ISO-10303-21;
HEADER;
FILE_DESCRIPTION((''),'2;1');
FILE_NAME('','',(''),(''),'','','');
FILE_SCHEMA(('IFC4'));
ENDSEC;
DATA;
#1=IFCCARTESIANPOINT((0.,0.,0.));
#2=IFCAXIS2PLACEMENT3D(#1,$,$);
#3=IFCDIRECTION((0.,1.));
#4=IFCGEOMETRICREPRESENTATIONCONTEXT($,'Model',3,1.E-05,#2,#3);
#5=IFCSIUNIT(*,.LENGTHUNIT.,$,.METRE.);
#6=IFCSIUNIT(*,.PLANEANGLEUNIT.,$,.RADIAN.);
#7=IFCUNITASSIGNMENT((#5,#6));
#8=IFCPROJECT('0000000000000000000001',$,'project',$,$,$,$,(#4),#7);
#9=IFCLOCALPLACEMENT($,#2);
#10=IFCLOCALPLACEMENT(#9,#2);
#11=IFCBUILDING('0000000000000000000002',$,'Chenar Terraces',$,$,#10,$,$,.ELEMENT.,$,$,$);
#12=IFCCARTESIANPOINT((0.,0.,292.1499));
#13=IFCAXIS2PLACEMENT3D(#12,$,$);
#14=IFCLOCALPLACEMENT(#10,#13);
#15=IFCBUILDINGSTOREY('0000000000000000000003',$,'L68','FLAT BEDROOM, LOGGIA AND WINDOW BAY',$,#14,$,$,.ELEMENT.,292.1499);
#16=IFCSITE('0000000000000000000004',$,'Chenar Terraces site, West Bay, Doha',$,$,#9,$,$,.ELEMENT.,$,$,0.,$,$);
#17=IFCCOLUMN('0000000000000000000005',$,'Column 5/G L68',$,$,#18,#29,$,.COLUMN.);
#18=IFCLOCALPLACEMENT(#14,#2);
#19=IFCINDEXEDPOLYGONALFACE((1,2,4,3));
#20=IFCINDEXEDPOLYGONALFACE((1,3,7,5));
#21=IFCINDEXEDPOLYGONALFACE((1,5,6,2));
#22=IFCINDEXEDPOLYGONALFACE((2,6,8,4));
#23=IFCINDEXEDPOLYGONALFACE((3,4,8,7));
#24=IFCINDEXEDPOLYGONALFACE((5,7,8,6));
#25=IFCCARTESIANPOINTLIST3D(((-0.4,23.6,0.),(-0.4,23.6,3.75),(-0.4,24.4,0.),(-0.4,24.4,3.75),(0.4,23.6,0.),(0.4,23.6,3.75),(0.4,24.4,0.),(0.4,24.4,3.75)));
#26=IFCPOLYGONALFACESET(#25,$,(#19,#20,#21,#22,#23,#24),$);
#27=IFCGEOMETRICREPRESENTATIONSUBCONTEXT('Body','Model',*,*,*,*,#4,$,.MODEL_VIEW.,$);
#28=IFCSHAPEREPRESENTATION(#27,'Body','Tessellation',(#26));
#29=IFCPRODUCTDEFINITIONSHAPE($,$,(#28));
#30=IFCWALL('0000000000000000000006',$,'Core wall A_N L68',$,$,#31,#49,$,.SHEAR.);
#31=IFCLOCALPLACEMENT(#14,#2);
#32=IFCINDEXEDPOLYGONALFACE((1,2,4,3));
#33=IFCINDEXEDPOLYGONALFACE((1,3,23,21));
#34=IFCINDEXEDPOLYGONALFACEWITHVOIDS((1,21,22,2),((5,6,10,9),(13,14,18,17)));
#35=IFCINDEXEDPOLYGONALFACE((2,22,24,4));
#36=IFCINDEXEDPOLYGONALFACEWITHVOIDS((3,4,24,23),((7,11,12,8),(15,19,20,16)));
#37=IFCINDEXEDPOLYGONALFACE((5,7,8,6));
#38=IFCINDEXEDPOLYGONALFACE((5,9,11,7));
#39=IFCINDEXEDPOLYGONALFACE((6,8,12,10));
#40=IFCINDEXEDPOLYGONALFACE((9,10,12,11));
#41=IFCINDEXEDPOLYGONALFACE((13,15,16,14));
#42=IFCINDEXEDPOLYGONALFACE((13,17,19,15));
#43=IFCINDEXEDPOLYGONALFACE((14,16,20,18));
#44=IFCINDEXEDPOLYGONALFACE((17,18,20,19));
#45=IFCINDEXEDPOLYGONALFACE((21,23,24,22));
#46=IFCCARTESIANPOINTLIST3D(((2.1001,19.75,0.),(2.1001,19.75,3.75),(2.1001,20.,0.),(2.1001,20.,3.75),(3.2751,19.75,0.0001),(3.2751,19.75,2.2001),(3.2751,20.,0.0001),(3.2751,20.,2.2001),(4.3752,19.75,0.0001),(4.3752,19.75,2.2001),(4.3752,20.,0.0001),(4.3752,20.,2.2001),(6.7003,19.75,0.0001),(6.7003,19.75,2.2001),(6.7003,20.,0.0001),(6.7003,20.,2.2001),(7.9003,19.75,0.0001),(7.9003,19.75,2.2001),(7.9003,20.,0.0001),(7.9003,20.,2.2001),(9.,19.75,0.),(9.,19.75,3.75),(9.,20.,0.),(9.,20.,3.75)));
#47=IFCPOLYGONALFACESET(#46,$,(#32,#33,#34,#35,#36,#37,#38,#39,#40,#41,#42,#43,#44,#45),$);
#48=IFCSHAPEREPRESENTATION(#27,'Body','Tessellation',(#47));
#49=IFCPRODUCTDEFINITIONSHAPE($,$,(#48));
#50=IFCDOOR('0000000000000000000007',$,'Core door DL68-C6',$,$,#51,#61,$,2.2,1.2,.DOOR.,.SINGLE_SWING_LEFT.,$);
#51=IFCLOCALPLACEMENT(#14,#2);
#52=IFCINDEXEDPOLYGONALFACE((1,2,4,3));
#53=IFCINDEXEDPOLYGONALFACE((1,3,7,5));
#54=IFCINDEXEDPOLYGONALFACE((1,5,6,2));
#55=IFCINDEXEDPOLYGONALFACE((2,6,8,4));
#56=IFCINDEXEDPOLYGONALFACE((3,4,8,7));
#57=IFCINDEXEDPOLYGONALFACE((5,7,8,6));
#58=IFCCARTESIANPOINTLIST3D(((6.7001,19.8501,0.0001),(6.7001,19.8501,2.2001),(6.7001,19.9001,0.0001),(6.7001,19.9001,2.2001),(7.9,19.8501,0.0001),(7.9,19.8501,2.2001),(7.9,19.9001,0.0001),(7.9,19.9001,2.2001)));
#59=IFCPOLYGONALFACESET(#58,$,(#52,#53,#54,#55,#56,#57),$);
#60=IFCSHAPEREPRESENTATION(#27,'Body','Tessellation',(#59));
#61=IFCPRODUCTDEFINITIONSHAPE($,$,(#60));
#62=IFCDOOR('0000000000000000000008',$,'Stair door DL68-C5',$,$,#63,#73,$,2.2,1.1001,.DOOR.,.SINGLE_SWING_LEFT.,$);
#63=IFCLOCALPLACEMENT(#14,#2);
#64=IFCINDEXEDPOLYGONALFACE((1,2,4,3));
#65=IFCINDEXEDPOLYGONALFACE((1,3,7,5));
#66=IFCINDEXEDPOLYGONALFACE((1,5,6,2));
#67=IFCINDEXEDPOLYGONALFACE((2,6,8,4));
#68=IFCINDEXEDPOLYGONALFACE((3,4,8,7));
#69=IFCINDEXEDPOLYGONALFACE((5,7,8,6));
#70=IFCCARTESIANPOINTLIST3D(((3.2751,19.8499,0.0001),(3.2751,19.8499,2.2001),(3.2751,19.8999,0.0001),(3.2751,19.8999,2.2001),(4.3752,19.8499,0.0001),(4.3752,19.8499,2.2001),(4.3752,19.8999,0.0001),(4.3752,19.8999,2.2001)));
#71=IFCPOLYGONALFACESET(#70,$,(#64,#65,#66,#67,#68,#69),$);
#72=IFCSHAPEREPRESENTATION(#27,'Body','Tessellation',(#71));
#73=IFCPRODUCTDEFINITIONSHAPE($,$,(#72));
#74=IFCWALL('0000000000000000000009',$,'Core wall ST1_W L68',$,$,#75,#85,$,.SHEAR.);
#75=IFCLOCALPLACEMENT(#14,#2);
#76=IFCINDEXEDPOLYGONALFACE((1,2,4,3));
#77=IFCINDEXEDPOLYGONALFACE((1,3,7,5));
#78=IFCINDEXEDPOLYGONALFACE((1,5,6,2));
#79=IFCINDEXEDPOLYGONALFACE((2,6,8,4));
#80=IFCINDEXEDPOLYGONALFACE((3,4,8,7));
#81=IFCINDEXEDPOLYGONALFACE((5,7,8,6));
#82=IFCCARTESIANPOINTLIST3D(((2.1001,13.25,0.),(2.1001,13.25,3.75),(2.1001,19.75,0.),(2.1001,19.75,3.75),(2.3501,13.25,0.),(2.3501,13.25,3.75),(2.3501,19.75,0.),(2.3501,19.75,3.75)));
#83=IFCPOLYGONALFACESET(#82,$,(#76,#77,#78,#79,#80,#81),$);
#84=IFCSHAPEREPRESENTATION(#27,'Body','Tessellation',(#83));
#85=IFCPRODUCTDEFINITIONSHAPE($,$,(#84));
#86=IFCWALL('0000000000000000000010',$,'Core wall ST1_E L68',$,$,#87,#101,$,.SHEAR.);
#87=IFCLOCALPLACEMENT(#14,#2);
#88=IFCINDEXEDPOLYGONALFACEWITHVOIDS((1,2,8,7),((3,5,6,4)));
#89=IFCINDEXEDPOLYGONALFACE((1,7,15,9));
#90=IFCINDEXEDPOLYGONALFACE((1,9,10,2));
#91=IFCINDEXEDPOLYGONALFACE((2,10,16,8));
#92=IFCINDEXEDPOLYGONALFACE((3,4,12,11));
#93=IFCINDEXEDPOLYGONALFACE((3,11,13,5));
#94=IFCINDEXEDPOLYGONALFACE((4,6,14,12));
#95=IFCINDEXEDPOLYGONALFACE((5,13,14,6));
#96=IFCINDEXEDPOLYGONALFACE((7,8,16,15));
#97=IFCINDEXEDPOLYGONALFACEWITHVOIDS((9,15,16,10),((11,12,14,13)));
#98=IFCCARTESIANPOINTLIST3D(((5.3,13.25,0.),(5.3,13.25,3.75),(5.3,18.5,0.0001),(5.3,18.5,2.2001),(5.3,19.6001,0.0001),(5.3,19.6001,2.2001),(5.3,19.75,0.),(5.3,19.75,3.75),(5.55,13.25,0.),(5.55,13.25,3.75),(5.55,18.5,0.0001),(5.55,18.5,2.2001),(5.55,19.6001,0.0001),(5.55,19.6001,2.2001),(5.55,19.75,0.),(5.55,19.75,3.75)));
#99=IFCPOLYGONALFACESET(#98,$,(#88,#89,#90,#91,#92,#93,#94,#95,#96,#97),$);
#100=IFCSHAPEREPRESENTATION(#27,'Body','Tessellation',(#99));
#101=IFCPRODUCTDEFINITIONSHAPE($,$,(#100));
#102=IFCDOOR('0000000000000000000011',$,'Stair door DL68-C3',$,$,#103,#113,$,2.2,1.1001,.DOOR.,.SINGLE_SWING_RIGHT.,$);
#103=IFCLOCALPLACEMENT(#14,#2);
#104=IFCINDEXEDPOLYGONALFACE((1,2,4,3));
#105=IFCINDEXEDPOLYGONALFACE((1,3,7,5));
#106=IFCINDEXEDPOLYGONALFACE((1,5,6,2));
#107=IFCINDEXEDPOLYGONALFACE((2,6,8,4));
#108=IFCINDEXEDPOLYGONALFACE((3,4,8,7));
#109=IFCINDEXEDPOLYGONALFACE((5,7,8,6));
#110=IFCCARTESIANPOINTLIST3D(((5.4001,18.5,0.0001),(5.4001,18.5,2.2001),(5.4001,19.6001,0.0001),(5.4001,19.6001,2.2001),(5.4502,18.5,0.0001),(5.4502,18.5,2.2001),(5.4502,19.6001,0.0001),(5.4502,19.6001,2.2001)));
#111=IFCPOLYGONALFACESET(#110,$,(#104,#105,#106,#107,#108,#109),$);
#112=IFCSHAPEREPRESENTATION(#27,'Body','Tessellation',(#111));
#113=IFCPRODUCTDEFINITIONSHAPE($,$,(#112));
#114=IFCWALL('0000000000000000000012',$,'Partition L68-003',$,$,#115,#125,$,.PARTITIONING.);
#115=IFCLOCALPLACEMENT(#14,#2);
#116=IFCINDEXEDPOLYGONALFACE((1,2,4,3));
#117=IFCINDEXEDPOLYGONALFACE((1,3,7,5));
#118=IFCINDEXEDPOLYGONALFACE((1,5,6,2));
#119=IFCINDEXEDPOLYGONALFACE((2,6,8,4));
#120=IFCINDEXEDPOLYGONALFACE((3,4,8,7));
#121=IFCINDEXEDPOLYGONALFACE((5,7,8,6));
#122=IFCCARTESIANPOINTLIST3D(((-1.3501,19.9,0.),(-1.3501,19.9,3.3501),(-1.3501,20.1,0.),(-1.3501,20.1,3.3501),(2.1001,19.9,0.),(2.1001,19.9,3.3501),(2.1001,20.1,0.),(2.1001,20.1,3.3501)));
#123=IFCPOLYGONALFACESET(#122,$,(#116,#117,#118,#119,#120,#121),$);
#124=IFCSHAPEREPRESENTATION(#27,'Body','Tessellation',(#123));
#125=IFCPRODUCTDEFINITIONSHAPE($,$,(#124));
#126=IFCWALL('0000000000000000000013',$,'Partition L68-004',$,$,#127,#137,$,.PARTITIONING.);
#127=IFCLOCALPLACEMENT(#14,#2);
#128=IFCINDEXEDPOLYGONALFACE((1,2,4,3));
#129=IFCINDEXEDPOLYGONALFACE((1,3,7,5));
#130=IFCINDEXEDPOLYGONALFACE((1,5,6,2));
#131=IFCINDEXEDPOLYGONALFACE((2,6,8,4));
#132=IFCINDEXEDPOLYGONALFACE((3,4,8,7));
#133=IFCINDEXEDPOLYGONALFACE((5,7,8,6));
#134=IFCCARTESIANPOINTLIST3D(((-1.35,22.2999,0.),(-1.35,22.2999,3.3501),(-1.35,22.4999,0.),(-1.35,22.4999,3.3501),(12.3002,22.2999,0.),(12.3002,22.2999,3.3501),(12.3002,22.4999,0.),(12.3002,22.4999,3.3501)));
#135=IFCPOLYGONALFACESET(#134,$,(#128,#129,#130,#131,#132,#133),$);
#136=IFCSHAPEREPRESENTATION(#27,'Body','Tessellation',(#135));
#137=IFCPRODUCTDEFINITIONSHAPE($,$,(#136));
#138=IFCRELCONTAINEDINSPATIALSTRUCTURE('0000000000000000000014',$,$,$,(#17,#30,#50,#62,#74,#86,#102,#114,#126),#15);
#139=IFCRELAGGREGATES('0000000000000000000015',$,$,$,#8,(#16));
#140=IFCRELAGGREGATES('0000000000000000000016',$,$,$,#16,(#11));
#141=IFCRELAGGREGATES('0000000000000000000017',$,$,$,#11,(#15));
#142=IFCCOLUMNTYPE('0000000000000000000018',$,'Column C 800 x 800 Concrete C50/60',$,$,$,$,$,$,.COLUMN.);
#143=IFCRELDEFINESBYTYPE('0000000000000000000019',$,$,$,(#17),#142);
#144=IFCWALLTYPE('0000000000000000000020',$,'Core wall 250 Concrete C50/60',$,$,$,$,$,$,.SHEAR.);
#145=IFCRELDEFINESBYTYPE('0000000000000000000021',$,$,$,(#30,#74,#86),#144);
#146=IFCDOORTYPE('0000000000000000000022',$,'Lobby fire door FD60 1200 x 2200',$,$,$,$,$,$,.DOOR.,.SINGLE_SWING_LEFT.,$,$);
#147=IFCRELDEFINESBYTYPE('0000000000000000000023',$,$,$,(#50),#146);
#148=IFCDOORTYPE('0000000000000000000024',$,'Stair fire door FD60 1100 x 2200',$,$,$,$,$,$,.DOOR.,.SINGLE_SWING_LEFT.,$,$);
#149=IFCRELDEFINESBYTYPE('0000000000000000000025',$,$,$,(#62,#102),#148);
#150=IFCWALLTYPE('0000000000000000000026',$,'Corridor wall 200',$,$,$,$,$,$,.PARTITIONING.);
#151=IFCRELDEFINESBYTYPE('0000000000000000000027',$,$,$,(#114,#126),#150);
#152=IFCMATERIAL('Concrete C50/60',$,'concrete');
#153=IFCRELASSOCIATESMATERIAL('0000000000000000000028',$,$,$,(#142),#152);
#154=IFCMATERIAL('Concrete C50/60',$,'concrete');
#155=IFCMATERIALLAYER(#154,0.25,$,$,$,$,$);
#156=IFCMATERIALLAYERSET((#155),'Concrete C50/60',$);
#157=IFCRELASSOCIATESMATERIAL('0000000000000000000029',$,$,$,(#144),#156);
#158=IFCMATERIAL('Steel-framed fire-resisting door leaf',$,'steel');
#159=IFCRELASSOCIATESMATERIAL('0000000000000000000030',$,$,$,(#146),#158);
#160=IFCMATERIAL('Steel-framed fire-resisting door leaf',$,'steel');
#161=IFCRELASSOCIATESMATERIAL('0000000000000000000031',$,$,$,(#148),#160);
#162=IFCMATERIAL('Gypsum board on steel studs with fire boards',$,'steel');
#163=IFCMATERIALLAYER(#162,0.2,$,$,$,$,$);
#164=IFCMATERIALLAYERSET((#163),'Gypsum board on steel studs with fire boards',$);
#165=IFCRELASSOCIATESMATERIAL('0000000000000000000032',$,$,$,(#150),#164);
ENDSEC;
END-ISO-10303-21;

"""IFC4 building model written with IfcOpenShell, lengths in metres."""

from ifc_helpers import new_model, si_unit, direction, frame, frame_2d, origin, origin_2d, place, context, subcontext, project, spatial, rectangle, extrude, material, layer, layer_set, material_profile, profile_set, type_object, element, fill, save


model = new_model("IFC4")

# Units and contexts
model_context = context("Model", 3, precision=1e-05, world=origin(), true_north=direction((0.0, 1.0)))
body_context = subcontext(model_context, "Body", "Model", "MODEL_VIEW")
ifc_project = project(units=[si_unit("LENGTHUNIT", "METRE"), si_unit("PLANEANGLEUNIT", "RADIAN")], contexts=[model_context])

# Site, building, storey
site_placement = place(None, origin())
site = spatial("IfcSite", under=ifc_project, at=site_placement, Name="Chenar Terraces site, West Bay, Doha", CompositionType="ELEMENT", RefElevation=0.0)
building_placement = place(site_placement, origin())
building = spatial("IfcBuilding", under=site, at=building_placement, Name="Chenar Terraces", CompositionType="ELEMENT")
storey_placement = place(building_placement, frame((0.0, 0.0, 292.1499)))
storey = spatial("IfcBuildingStorey", under=building, at=storey_placement, Name="L68", Description="FLAT BEDROOM, LOGGIA AND WINDOW BAY", CompositionType="ELEMENT", Elevation=292.1499)

# Column
ifc_material_1 = material(Name="Concrete C50/60", Category="concrete")
ifc_material_profile = material_profile(ifc_material_1, rectangle(XDim=0.8, YDim=0.8, at=origin_2d()), Name="C 800 x 800")
ifc_profile_set = profile_set([ifc_material_profile], Name="Concrete C50/60")
column_type = type_object("IfcColumnType", Name="Column C 800 x 800 Concrete C50/60", PredefinedType="COLUMN", material=ifc_profile_set)
column_placement = place(storey_placement, frame((0.0, 24.0, 0.0), z_axis=(0.0, 0.0, 1.0), x_axis=(1.0, 0.0, 0.0)))
element("IfcColumn", 1, at=column_placement, inside=storey, type_object=column_type, Name="Column 5/G L68", PredefinedType="COLUMN", context=body_context, shape_type="SweptSolid", body=[
    extrude(rectangle(XDim=0.8, YDim=0.8, at=origin_2d()), origin(), (0.0, 0.0, 1.0), 3.75),
])

# Wall, openings, doors
ifc_material_2 = material(Name="Concrete C50/60", Category="concrete")
ifc_layer_1 = layer(ifc_material_2, 0.25)
ifc_layer_set_1 = layer_set([ifc_layer_1], Name="Concrete C50/60")
wall_type_1 = type_object("IfcWallType", Name="Core wall 250 Concrete C50/60", PredefinedType="SHEAR", material=ifc_layer_set_1)
wall_1_placement = place(storey_placement, frame((2.1001, 19.875, 0.0), z_axis=(0.0, 0.0, 1.0), x_axis=(1.0, 0.0, 0.0)))
wall_1 = element("IfcWall", 2, at=wall_1_placement, inside=storey, type_object=wall_type_1, Name="Core wall A_N L68", PredefinedType="SHEAR", context=body_context, shape_type="SweptSolid", body=[
    extrude(rectangle(XDim=6.8999, YDim=0.25, at=frame_2d((3.45, 0.0))), origin(), (0.0, 0.0, 1.0), 3.75),
])
opening_1_placement = place(wall_1_placement, frame((1.175, 0.0, 0.0)))
opening_1 = element("IfcOpeningElement", 3, at=opening_1_placement, cuts=wall_1, PredefinedType="OPENING", context=body_context, shape_type="SweptSolid", body=[
    extrude(rectangle(XDim=1.1001, YDim=2.2, at=frame_2d((0.55, 1.1001))), frame((0.0, 0.135, 0.0), z_axis=(0.0, -1.0, 0.0), x_axis=(1.0, 0.0, 0.0)), (0.0, 0.0, 1.0), 0.27),
])
opening_2_placement = place(wall_1_placement, frame((4.6001, 0.0, 0.0)))
opening_2 = element("IfcOpeningElement", 4, at=opening_2_placement, cuts=wall_1, PredefinedType="OPENING", context=body_context, shape_type="SweptSolid", body=[
    extrude(rectangle(XDim=1.2, YDim=2.2, at=frame_2d((0.6001, 1.1001))), frame((0.0, 0.135, 0.0), z_axis=(0.0, -1.0, 0.0), x_axis=(1.0, 0.0, 0.0)), (0.0, 0.0, 1.0), 0.27),
])
ifc_material_3 = material(Name="Steel-framed fire-resisting door leaf", Category="steel")
door_type_1 = type_object("IfcDoorType", Name="Lobby fire door FD60 1200 x 2200", OperationType="SINGLE_SWING_LEFT", PredefinedType="DOOR", material=ifc_material_3)
door_1_placement = place(opening_2_placement, frame((1.2, 0.0, 0.0), z_axis=(0.0, 0.0, 1.0), x_axis=(-1.0, 0.0, 0.0)))
door_1 = element("IfcDoor", 5, at=door_1_placement, inside=storey, type_object=door_type_1, Name="Core door DL68-C6", OperationType="SINGLE_SWING_LEFT", OverallHeight=2.2, OverallWidth=1.2, PredefinedType="DOOR", context=body_context, shape_type="SweptSolid", body=[
    extrude(rectangle(XDim=1.2, YDim=2.2, at=frame_2d((0.6001, 1.1001))), frame((0.0, 0.0249, 0.0), z_axis=(0.0, -1.0, 0.0), x_axis=(1.0, 0.0, 0.0)), (0.0, 0.0, 1.0), 0.05),
])
fill(opening_2, door_1)
ifc_material_4 = material(Name="Steel-framed fire-resisting door leaf", Category="steel")
door_type_2 = type_object("IfcDoorType", Name="Stair fire door FD60 1100 x 2200", OperationType="SINGLE_SWING_LEFT", PredefinedType="DOOR", material=ifc_material_4)
door_2_placement = place(opening_1_placement, origin())
door_2 = element("IfcDoor", 6, at=door_2_placement, inside=storey, type_object=door_type_2, Name="Stair door DL68-C5", OperationType="SINGLE_SWING_LEFT", OverallHeight=2.2, OverallWidth=1.1001, PredefinedType="DOOR", context=body_context, shape_type="SweptSolid", body=[
    extrude(rectangle(XDim=1.1001, YDim=2.2, at=frame_2d((0.55, 1.1001))), frame((0.0, 0.0249, 0.0), z_axis=(0.0, -1.0, 0.0), x_axis=(1.0, 0.0, 0.0)), (0.0, 0.0, 1.0), 0.05),
])
fill(opening_1, door_2)

# Wall
wall_2_placement = place(storey_placement, frame((2.2251, 13.25, 0.0), z_axis=(0.0, 0.0, 1.0), x_axis=(0.0, 1.0, 0.0)))
element("IfcWall", 7, at=wall_2_placement, inside=storey, type_object=wall_type_1, Name="Core wall ST1_W L68", PredefinedType="SHEAR", context=body_context, shape_type="SweptSolid", body=[
    extrude(rectangle(XDim=6.5, YDim=0.25, at=frame_2d((3.25, 0.0))), origin(), (0.0, 0.0, 1.0), 3.75),
])

# Wall, opening, door
wall_3_placement = place(storey_placement, frame((5.425, 13.25, 0.0), z_axis=(0.0, 0.0, 1.0), x_axis=(0.0, 1.0, 0.0)))
wall_3 = element("IfcWall", 8, at=wall_3_placement, inside=storey, type_object=wall_type_1, Name="Core wall ST1_E L68", PredefinedType="SHEAR", context=body_context, shape_type="SweptSolid", body=[
    extrude(rectangle(XDim=6.5, YDim=0.25, at=frame_2d((3.25, 0.0))), origin(), (0.0, 0.0, 1.0), 3.75),
])
opening_3_placement = place(wall_3_placement, frame((5.25, 0.0, 0.0)))
opening_3 = element("IfcOpeningElement", 9, at=opening_3_placement, cuts=wall_3, PredefinedType="OPENING", context=body_context, shape_type="SweptSolid", body=[
    extrude(rectangle(XDim=1.1001, YDim=2.2, at=frame_2d((0.55, 1.1001))), frame((0.0, 0.135, 0.0), z_axis=(0.0, -1.0, 0.0), x_axis=(1.0, 0.0, 0.0)), (0.0, 0.0, 1.0), 0.27),
])
door_3_placement = place(opening_3_placement, origin())
door_3 = element("IfcDoor", 10, at=door_3_placement, inside=storey, type_object=door_type_2, Name="Stair door DL68-C3", OperationType="SINGLE_SWING_RIGHT", OverallHeight=2.2, OverallWidth=1.1001, PredefinedType="DOOR", context=body_context, shape_type="SweptSolid", body=[
    extrude(rectangle(XDim=1.1001, YDim=2.2, at=frame_2d((0.55, 1.1001))), frame((0.0, 0.0249, 0.0), z_axis=(0.0, -1.0, 0.0), x_axis=(1.0, 0.0, 0.0)), (0.0, 0.0, 1.0), 0.05),
])
fill(opening_3, door_3)

# Walls
ifc_material_5 = material(Name="Gypsum board on steel studs with fire boards", Category="steel")
ifc_layer_2 = layer(ifc_material_5, 0.2)
ifc_layer_set_2 = layer_set([ifc_layer_2], Name="Gypsum board on steel studs with fire boards")
wall_type_2 = type_object("IfcWallType", Name="Corridor wall 200", PredefinedType="PARTITIONING", material=ifc_layer_set_2)
wall_4_placement = place(storey_placement, frame((-1.3501, 20.0, 0.0), z_axis=(0.0, 0.0, 1.0), x_axis=(1.0, 0.0, 0.0)))
element("IfcWall", 11, at=wall_4_placement, inside=storey, type_object=wall_type_2, Name="Partition L68-003", PredefinedType="PARTITIONING", context=body_context, shape_type="SweptSolid", body=[
    extrude(rectangle(XDim=3.4502, YDim=0.2, at=frame_2d((1.7251, 0.0))), origin(), (0.0, 0.0, 1.0), 3.3501),
])
wall_5_placement = place(storey_placement, frame((-1.3501, 22.3999, 0.0), z_axis=(0.0, 0.0, 1.0), x_axis=(1.0, 0.0, 0.0)))
element("IfcWall", 12, at=wall_5_placement, inside=storey, type_object=wall_type_2, Name="Partition L68-004", PredefinedType="PARTITIONING", context=body_context, shape_type="SweptSolid", body=[
    extrude(rectangle(XDim=13.6501, YDim=0.2, at=frame_2d((6.8252, 0.0))), origin(), (0.0, 0.0, 1.0), 3.3501),
])

save(model, "model.ifc")
